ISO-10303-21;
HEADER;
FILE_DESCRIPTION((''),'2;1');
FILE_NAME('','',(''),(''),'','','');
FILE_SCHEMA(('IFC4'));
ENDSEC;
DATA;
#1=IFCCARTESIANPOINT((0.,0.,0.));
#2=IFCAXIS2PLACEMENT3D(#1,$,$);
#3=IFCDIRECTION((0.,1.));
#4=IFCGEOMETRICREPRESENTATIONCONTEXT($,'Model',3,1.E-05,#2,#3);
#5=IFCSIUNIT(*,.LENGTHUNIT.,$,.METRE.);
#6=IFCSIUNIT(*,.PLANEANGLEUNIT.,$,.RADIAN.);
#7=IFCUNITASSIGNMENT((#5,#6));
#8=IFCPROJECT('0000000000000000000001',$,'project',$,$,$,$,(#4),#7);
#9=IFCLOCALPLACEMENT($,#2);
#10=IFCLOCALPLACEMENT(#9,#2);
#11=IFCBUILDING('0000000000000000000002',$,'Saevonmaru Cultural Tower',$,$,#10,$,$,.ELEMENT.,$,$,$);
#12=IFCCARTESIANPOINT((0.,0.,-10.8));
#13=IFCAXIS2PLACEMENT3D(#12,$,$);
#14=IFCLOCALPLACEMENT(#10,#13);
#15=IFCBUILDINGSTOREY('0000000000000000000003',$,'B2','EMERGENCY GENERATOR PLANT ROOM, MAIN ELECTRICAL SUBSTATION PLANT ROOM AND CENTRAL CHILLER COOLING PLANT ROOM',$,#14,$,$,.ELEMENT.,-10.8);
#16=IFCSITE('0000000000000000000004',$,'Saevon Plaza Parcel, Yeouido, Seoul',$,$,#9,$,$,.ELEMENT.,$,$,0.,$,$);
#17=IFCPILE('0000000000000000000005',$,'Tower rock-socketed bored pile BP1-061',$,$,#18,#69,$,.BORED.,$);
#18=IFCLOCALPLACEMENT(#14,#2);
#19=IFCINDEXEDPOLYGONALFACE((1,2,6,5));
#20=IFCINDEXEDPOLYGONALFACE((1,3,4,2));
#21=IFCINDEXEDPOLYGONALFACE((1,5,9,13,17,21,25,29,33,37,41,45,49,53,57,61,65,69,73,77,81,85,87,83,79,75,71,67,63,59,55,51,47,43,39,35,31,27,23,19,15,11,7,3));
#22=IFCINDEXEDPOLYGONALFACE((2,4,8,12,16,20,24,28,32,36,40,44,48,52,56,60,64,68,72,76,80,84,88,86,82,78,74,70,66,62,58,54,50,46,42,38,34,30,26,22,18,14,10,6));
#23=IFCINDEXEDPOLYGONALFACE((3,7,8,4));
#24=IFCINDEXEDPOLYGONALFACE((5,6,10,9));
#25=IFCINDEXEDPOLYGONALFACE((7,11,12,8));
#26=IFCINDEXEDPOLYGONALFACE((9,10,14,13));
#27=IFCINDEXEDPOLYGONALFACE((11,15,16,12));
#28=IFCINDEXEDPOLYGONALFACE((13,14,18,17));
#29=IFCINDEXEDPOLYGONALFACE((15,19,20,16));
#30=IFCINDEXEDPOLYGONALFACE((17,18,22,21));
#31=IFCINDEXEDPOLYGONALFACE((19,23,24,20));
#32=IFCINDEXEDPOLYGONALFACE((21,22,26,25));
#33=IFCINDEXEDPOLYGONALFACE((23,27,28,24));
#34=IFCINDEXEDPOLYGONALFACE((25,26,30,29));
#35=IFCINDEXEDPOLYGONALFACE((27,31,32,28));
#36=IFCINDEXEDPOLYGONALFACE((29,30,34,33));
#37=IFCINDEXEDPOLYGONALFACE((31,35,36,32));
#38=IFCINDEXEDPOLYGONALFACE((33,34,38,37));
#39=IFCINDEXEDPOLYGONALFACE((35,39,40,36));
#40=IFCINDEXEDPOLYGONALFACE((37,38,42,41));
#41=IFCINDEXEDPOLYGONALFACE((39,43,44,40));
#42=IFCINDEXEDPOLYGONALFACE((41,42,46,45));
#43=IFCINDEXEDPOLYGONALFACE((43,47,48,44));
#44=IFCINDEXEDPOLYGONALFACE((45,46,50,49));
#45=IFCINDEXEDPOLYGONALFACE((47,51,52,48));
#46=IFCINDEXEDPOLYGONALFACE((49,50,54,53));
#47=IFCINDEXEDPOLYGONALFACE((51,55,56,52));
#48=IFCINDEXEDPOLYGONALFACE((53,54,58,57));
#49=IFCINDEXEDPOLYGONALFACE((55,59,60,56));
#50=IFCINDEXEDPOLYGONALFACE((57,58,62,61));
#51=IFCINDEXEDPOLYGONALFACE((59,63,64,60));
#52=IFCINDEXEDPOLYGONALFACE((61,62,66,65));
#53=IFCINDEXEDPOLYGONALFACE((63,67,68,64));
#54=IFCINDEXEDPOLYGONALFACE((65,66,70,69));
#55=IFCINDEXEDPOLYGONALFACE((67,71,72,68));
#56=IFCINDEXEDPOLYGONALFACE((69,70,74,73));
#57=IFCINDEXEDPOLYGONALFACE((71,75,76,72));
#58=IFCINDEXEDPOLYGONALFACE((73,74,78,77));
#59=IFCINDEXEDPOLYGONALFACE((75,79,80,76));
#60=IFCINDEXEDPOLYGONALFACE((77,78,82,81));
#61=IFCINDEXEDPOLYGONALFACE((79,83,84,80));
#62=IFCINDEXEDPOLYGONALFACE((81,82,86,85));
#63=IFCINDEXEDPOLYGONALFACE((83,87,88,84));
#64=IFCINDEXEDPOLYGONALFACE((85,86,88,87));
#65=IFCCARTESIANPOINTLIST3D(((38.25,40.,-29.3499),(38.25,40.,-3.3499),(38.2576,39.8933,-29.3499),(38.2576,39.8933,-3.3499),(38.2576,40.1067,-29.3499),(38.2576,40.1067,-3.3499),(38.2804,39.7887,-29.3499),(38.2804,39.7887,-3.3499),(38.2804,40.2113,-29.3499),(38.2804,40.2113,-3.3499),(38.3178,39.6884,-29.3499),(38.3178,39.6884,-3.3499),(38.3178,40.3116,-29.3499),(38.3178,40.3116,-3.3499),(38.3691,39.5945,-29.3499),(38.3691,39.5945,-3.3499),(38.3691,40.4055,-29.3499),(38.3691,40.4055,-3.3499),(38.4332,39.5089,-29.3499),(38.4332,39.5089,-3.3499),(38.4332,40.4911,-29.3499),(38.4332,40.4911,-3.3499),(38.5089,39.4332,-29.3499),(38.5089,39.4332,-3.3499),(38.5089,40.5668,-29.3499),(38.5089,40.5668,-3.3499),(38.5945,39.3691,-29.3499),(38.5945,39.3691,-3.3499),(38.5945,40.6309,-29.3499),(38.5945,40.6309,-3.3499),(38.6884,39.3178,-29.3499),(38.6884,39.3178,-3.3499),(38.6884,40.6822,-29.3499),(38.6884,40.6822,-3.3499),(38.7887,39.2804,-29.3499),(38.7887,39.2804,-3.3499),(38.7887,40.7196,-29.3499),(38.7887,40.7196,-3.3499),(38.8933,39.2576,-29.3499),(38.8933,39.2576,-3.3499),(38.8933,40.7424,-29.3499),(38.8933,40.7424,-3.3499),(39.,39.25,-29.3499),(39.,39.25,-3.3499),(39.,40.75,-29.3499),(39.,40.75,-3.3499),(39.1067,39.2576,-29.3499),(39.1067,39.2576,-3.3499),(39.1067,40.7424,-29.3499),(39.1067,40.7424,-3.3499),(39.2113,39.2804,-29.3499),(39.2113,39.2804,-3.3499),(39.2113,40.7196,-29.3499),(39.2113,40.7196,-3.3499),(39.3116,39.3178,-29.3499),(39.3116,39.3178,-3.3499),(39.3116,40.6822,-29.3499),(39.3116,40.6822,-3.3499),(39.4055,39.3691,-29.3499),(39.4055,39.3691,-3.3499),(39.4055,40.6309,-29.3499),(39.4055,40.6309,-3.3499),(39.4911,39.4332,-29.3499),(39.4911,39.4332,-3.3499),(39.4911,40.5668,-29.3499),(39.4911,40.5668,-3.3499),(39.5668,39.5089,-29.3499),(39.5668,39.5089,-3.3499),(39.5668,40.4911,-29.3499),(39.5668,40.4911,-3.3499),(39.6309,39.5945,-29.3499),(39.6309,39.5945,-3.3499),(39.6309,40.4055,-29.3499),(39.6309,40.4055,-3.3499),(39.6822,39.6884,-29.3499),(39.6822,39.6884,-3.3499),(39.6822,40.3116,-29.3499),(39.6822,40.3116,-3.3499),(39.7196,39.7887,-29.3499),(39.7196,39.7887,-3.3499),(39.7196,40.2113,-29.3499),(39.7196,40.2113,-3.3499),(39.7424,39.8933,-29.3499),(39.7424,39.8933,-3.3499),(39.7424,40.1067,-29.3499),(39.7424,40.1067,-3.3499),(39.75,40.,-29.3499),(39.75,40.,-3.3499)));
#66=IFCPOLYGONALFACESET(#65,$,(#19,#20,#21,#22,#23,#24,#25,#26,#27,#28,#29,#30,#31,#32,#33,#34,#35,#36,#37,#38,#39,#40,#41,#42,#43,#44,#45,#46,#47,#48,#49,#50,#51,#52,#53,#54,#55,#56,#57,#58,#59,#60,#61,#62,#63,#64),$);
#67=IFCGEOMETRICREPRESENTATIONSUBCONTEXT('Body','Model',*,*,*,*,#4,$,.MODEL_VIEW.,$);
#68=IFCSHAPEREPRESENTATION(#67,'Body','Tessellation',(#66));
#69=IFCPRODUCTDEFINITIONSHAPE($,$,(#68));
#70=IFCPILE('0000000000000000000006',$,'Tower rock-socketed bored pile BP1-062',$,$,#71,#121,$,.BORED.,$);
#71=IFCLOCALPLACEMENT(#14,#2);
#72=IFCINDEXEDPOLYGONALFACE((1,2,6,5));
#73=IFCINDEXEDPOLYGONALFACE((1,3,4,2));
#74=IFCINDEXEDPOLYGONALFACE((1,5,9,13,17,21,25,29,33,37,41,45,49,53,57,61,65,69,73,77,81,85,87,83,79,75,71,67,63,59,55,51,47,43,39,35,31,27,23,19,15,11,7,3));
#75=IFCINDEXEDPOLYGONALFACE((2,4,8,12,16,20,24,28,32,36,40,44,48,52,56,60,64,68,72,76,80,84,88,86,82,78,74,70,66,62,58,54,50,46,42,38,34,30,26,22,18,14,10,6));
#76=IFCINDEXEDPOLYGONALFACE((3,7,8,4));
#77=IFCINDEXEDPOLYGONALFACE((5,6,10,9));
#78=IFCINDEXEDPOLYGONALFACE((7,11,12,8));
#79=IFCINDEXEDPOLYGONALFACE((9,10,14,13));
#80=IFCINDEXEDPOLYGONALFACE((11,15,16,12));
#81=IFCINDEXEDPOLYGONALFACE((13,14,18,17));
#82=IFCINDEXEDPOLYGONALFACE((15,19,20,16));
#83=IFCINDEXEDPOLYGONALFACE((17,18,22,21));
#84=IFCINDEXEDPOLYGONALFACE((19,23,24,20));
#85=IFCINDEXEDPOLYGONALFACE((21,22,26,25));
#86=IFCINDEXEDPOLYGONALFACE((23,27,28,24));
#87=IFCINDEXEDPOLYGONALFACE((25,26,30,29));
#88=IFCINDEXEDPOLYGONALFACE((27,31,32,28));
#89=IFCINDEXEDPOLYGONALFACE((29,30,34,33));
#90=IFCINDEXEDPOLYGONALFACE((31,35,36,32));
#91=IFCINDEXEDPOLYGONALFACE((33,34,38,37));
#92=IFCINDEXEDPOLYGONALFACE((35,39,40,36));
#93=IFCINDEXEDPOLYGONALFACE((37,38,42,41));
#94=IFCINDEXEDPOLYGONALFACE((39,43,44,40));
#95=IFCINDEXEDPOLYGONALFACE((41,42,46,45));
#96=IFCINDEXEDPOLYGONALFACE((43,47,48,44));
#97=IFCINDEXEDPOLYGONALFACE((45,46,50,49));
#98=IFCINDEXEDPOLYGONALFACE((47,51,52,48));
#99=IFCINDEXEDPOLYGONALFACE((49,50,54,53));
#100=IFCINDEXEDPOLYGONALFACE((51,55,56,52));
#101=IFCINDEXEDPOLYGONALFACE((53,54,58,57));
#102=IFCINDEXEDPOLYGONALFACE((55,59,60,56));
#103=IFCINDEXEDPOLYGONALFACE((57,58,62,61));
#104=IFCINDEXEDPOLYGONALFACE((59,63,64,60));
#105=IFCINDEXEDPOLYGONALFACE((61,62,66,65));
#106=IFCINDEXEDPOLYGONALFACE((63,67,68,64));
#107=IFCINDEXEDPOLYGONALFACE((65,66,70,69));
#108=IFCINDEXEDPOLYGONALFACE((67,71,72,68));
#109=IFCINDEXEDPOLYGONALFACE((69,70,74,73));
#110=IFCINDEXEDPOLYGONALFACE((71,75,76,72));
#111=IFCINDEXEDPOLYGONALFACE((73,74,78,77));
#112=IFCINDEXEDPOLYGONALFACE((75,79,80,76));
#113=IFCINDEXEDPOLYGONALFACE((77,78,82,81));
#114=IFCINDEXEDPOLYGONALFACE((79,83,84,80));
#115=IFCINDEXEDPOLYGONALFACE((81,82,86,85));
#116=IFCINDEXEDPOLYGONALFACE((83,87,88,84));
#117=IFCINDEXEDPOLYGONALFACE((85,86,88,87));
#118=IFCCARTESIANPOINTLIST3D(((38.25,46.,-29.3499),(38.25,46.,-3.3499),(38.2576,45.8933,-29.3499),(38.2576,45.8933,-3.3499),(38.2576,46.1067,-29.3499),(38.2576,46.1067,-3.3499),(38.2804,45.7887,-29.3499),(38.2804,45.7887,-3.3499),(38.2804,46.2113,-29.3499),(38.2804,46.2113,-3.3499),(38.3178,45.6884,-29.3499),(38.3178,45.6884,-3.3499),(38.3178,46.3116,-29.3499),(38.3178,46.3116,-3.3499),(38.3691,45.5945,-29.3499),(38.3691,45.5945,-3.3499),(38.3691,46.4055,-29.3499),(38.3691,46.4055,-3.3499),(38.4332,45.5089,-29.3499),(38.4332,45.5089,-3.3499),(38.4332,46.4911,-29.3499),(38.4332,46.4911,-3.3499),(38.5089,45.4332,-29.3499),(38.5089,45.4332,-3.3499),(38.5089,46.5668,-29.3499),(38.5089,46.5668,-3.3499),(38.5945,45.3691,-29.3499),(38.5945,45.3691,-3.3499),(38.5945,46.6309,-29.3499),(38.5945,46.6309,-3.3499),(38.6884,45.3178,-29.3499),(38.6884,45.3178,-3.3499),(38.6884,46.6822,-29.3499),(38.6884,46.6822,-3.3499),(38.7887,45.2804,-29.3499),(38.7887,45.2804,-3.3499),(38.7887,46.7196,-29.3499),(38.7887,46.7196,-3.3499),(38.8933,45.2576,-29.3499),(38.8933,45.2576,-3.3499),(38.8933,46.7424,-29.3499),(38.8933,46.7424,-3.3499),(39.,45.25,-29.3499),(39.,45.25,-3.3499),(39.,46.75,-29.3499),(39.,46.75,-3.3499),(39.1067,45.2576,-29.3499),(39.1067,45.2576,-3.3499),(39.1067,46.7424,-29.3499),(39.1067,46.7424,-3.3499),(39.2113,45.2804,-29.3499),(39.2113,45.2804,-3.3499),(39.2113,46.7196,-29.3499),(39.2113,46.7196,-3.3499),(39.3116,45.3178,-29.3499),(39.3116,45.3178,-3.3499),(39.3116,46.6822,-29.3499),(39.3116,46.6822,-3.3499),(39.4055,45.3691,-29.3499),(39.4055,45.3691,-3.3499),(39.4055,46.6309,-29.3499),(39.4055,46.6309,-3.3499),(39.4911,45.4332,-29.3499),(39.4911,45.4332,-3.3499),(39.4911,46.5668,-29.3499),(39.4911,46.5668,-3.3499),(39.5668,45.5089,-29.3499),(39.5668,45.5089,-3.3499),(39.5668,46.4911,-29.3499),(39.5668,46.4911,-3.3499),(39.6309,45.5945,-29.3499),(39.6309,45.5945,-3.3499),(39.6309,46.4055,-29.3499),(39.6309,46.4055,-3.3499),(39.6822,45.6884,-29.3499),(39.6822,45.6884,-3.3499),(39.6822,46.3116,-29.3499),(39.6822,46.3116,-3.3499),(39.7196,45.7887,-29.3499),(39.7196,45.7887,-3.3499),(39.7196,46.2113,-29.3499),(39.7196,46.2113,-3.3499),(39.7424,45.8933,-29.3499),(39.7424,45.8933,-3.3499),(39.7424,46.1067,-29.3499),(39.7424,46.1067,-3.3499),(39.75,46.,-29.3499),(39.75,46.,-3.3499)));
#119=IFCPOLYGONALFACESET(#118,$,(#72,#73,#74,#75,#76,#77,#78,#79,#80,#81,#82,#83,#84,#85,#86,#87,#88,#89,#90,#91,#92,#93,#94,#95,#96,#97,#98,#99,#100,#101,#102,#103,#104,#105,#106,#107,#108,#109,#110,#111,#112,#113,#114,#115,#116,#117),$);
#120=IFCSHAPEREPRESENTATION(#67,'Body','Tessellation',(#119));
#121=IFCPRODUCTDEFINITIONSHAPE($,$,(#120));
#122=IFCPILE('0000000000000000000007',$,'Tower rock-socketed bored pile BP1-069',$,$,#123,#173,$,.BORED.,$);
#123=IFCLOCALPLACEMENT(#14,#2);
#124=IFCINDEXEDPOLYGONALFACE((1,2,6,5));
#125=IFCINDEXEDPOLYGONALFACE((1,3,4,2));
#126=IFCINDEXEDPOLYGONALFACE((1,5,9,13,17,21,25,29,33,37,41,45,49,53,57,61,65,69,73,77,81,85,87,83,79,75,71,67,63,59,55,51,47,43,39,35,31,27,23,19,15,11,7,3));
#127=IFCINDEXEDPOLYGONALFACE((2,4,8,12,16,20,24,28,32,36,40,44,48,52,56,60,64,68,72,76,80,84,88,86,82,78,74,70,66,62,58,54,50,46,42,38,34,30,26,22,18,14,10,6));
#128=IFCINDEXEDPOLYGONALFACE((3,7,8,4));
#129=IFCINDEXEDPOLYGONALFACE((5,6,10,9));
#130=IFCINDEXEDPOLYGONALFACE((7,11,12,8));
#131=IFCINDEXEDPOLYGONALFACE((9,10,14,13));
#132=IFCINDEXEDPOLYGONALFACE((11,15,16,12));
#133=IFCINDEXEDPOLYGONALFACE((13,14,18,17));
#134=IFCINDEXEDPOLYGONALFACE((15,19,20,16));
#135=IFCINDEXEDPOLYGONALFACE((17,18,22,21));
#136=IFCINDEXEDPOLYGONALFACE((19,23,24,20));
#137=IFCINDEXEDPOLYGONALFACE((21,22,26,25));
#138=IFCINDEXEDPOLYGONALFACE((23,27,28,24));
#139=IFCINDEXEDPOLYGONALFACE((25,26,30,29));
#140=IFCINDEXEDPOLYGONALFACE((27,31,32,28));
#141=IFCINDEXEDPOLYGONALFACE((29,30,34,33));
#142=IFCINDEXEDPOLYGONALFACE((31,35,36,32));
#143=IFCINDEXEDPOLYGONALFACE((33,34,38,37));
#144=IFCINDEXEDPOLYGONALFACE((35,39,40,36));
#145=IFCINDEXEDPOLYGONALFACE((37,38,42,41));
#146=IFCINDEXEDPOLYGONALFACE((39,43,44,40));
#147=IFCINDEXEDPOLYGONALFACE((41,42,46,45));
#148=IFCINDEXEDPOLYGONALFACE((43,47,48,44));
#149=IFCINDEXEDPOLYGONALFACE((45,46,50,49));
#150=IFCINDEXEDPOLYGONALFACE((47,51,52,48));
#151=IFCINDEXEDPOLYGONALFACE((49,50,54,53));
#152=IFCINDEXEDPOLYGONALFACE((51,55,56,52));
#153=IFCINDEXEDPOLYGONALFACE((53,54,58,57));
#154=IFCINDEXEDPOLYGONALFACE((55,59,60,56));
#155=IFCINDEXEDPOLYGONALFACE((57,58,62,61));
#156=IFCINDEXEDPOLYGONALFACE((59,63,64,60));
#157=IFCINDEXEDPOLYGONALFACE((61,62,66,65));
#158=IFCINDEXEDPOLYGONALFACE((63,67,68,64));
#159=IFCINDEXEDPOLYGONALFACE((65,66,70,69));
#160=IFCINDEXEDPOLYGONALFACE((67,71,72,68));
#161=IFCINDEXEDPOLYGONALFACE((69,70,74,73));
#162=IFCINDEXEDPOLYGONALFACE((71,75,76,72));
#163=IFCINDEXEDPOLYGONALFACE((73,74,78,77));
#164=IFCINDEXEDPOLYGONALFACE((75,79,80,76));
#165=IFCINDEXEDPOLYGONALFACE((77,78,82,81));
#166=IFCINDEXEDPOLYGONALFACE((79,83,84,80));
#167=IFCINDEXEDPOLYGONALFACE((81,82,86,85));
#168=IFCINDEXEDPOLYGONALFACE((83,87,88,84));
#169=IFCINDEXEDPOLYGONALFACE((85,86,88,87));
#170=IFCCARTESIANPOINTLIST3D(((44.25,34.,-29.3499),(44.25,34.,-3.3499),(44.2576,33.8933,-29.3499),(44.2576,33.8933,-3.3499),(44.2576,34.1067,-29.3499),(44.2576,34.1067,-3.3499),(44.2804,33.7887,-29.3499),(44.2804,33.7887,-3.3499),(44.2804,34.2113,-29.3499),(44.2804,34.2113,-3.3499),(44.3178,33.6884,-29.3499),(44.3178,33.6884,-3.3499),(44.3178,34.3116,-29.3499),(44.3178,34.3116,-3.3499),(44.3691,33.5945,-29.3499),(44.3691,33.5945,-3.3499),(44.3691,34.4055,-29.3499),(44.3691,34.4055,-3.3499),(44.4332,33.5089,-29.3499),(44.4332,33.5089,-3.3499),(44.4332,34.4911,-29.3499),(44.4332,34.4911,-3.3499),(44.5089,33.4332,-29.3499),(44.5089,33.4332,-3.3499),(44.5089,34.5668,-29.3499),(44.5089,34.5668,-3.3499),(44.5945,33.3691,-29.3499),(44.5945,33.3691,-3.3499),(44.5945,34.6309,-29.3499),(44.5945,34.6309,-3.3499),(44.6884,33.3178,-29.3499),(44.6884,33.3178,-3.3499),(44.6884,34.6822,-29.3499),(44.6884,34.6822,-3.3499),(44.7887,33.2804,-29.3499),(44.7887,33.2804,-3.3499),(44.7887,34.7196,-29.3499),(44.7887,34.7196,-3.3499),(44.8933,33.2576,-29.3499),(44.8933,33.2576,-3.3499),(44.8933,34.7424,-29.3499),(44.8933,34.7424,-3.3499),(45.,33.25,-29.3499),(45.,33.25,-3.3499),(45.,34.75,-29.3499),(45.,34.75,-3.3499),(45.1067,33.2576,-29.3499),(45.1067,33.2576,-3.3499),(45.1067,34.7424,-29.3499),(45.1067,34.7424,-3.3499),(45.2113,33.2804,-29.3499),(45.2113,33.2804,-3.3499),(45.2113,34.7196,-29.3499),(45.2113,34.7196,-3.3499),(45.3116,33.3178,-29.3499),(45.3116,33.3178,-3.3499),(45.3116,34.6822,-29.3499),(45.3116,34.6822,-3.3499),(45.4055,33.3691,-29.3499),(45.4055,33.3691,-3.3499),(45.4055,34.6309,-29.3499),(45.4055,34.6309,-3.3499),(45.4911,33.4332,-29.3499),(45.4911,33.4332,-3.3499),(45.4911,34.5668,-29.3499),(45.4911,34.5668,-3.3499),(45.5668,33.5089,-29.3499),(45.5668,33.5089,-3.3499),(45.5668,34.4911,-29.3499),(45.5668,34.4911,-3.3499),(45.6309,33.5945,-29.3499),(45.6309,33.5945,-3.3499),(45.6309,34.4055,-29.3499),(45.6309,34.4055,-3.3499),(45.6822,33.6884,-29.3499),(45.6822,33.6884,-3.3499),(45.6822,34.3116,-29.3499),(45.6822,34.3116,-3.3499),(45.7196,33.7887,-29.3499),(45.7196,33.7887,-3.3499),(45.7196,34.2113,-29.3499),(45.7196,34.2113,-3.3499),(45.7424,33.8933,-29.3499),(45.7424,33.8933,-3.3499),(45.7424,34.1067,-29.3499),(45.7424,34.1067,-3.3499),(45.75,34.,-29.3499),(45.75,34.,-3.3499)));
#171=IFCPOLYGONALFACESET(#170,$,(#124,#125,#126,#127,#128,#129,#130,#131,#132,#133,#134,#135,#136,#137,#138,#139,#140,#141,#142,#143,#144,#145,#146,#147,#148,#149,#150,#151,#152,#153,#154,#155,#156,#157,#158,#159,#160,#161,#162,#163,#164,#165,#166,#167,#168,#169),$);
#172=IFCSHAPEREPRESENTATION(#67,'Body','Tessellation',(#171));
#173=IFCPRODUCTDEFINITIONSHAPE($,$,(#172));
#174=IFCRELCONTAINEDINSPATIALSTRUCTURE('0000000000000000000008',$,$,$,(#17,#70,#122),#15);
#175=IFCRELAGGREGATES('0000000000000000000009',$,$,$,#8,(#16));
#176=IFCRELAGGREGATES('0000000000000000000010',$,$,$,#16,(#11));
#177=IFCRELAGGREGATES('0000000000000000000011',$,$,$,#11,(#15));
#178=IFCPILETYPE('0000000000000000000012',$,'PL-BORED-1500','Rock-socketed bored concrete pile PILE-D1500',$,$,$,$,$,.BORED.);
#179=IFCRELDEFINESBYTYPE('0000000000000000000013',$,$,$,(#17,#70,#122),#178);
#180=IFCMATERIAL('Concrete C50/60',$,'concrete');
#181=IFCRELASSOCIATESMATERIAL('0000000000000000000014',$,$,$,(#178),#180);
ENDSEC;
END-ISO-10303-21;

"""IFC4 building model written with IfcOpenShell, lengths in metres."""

from ifc_helpers import new_model, si_unit, direction, frame, origin, origin_2d, place, context, subcontext, project, spatial, circle, extrude, material, material_profile, profile_set, type_object, element, save


model = new_model("IFC4")

# Units and contexts
model_context = context("Model", 3, precision=1e-05, world=origin(), true_north=direction((0.0, 1.0)))
body_context = subcontext(model_context, "Body", "Model", "MODEL_VIEW")
ifc_project = project(units=[si_unit("LENGTHUNIT", "METRE"), si_unit("PLANEANGLEUNIT", "RADIAN")], contexts=[model_context])

# Site, building, storey
site_placement = place(None, origin())
site = spatial("IfcSite", under=ifc_project, at=site_placement, Name="Saevon Plaza Parcel, Yeouido, Seoul", CompositionType="ELEMENT", RefElevation=0.0)
building_placement = place(site_placement, origin())
building = spatial("IfcBuilding", under=site, at=building_placement, Name="Saevonmaru Cultural Tower", CompositionType="ELEMENT")
storey_placement = place(building_placement, frame((0.0, 0.0, -10.8)))
storey = spatial("IfcBuildingStorey", under=building, at=storey_placement, Name="B2", Description="EMERGENCY GENERATOR PLANT ROOM, MAIN ELECTRICAL SUBSTATION PLANT ROOM AND CENTRAL CHILLER COOLING PLANT ROOM", CompositionType="ELEMENT", Elevation=-10.8)

# Piles
ifc_material_1 = material(Name="Concrete C50/60", Category="concrete")
ifc_material_profile_1 = material_profile(ifc_material_1, circle(Radius=0.75, at=origin_2d()), Name="PILE-D1500")
ifc_profile_set_1 = profile_set([ifc_material_profile_1], Name="Concrete C50/60")
pile_type = type_object("IfcPileType", Name="PL-BORED-1500", Description="Rock-socketed bored concrete pile PILE-D1500", PredefinedType="BORED", material=ifc_profile_set_1)
for number, where, z_axis, x_axis, name in (
    (1, (39.0, 40.0, -3.3499), (0.0, 0.0, -1.0), (1.0, 0.0, 0.0), "Tower rock-socketed bored pile BP1-061"),
    (2, (39.0, 46.0, -3.3499), (0.0, 0.0, -1.0), (1.0, 0.0, 0.0), "Tower rock-socketed bored pile BP1-062"),
    (3, (45.0, 34.0, -3.3499), (0.0, 0.0, -1.0), (1.0, 0.0, 0.0), "Tower rock-socketed bored pile BP1-069"),
):
    element("IfcPile", number, at=place(storey_placement, frame(where, z_axis=z_axis, x_axis=x_axis)), inside=storey, type_object=pile_type, Name=name, PredefinedType="BORED", context=body_context, shape_type="SweptSolid", body=[
        extrude(circle(Radius=0.75, at=origin_2d()), origin(), (0.0, 0.0, 1.0), 26.0),
    ])

save(model, "model.ifc")
